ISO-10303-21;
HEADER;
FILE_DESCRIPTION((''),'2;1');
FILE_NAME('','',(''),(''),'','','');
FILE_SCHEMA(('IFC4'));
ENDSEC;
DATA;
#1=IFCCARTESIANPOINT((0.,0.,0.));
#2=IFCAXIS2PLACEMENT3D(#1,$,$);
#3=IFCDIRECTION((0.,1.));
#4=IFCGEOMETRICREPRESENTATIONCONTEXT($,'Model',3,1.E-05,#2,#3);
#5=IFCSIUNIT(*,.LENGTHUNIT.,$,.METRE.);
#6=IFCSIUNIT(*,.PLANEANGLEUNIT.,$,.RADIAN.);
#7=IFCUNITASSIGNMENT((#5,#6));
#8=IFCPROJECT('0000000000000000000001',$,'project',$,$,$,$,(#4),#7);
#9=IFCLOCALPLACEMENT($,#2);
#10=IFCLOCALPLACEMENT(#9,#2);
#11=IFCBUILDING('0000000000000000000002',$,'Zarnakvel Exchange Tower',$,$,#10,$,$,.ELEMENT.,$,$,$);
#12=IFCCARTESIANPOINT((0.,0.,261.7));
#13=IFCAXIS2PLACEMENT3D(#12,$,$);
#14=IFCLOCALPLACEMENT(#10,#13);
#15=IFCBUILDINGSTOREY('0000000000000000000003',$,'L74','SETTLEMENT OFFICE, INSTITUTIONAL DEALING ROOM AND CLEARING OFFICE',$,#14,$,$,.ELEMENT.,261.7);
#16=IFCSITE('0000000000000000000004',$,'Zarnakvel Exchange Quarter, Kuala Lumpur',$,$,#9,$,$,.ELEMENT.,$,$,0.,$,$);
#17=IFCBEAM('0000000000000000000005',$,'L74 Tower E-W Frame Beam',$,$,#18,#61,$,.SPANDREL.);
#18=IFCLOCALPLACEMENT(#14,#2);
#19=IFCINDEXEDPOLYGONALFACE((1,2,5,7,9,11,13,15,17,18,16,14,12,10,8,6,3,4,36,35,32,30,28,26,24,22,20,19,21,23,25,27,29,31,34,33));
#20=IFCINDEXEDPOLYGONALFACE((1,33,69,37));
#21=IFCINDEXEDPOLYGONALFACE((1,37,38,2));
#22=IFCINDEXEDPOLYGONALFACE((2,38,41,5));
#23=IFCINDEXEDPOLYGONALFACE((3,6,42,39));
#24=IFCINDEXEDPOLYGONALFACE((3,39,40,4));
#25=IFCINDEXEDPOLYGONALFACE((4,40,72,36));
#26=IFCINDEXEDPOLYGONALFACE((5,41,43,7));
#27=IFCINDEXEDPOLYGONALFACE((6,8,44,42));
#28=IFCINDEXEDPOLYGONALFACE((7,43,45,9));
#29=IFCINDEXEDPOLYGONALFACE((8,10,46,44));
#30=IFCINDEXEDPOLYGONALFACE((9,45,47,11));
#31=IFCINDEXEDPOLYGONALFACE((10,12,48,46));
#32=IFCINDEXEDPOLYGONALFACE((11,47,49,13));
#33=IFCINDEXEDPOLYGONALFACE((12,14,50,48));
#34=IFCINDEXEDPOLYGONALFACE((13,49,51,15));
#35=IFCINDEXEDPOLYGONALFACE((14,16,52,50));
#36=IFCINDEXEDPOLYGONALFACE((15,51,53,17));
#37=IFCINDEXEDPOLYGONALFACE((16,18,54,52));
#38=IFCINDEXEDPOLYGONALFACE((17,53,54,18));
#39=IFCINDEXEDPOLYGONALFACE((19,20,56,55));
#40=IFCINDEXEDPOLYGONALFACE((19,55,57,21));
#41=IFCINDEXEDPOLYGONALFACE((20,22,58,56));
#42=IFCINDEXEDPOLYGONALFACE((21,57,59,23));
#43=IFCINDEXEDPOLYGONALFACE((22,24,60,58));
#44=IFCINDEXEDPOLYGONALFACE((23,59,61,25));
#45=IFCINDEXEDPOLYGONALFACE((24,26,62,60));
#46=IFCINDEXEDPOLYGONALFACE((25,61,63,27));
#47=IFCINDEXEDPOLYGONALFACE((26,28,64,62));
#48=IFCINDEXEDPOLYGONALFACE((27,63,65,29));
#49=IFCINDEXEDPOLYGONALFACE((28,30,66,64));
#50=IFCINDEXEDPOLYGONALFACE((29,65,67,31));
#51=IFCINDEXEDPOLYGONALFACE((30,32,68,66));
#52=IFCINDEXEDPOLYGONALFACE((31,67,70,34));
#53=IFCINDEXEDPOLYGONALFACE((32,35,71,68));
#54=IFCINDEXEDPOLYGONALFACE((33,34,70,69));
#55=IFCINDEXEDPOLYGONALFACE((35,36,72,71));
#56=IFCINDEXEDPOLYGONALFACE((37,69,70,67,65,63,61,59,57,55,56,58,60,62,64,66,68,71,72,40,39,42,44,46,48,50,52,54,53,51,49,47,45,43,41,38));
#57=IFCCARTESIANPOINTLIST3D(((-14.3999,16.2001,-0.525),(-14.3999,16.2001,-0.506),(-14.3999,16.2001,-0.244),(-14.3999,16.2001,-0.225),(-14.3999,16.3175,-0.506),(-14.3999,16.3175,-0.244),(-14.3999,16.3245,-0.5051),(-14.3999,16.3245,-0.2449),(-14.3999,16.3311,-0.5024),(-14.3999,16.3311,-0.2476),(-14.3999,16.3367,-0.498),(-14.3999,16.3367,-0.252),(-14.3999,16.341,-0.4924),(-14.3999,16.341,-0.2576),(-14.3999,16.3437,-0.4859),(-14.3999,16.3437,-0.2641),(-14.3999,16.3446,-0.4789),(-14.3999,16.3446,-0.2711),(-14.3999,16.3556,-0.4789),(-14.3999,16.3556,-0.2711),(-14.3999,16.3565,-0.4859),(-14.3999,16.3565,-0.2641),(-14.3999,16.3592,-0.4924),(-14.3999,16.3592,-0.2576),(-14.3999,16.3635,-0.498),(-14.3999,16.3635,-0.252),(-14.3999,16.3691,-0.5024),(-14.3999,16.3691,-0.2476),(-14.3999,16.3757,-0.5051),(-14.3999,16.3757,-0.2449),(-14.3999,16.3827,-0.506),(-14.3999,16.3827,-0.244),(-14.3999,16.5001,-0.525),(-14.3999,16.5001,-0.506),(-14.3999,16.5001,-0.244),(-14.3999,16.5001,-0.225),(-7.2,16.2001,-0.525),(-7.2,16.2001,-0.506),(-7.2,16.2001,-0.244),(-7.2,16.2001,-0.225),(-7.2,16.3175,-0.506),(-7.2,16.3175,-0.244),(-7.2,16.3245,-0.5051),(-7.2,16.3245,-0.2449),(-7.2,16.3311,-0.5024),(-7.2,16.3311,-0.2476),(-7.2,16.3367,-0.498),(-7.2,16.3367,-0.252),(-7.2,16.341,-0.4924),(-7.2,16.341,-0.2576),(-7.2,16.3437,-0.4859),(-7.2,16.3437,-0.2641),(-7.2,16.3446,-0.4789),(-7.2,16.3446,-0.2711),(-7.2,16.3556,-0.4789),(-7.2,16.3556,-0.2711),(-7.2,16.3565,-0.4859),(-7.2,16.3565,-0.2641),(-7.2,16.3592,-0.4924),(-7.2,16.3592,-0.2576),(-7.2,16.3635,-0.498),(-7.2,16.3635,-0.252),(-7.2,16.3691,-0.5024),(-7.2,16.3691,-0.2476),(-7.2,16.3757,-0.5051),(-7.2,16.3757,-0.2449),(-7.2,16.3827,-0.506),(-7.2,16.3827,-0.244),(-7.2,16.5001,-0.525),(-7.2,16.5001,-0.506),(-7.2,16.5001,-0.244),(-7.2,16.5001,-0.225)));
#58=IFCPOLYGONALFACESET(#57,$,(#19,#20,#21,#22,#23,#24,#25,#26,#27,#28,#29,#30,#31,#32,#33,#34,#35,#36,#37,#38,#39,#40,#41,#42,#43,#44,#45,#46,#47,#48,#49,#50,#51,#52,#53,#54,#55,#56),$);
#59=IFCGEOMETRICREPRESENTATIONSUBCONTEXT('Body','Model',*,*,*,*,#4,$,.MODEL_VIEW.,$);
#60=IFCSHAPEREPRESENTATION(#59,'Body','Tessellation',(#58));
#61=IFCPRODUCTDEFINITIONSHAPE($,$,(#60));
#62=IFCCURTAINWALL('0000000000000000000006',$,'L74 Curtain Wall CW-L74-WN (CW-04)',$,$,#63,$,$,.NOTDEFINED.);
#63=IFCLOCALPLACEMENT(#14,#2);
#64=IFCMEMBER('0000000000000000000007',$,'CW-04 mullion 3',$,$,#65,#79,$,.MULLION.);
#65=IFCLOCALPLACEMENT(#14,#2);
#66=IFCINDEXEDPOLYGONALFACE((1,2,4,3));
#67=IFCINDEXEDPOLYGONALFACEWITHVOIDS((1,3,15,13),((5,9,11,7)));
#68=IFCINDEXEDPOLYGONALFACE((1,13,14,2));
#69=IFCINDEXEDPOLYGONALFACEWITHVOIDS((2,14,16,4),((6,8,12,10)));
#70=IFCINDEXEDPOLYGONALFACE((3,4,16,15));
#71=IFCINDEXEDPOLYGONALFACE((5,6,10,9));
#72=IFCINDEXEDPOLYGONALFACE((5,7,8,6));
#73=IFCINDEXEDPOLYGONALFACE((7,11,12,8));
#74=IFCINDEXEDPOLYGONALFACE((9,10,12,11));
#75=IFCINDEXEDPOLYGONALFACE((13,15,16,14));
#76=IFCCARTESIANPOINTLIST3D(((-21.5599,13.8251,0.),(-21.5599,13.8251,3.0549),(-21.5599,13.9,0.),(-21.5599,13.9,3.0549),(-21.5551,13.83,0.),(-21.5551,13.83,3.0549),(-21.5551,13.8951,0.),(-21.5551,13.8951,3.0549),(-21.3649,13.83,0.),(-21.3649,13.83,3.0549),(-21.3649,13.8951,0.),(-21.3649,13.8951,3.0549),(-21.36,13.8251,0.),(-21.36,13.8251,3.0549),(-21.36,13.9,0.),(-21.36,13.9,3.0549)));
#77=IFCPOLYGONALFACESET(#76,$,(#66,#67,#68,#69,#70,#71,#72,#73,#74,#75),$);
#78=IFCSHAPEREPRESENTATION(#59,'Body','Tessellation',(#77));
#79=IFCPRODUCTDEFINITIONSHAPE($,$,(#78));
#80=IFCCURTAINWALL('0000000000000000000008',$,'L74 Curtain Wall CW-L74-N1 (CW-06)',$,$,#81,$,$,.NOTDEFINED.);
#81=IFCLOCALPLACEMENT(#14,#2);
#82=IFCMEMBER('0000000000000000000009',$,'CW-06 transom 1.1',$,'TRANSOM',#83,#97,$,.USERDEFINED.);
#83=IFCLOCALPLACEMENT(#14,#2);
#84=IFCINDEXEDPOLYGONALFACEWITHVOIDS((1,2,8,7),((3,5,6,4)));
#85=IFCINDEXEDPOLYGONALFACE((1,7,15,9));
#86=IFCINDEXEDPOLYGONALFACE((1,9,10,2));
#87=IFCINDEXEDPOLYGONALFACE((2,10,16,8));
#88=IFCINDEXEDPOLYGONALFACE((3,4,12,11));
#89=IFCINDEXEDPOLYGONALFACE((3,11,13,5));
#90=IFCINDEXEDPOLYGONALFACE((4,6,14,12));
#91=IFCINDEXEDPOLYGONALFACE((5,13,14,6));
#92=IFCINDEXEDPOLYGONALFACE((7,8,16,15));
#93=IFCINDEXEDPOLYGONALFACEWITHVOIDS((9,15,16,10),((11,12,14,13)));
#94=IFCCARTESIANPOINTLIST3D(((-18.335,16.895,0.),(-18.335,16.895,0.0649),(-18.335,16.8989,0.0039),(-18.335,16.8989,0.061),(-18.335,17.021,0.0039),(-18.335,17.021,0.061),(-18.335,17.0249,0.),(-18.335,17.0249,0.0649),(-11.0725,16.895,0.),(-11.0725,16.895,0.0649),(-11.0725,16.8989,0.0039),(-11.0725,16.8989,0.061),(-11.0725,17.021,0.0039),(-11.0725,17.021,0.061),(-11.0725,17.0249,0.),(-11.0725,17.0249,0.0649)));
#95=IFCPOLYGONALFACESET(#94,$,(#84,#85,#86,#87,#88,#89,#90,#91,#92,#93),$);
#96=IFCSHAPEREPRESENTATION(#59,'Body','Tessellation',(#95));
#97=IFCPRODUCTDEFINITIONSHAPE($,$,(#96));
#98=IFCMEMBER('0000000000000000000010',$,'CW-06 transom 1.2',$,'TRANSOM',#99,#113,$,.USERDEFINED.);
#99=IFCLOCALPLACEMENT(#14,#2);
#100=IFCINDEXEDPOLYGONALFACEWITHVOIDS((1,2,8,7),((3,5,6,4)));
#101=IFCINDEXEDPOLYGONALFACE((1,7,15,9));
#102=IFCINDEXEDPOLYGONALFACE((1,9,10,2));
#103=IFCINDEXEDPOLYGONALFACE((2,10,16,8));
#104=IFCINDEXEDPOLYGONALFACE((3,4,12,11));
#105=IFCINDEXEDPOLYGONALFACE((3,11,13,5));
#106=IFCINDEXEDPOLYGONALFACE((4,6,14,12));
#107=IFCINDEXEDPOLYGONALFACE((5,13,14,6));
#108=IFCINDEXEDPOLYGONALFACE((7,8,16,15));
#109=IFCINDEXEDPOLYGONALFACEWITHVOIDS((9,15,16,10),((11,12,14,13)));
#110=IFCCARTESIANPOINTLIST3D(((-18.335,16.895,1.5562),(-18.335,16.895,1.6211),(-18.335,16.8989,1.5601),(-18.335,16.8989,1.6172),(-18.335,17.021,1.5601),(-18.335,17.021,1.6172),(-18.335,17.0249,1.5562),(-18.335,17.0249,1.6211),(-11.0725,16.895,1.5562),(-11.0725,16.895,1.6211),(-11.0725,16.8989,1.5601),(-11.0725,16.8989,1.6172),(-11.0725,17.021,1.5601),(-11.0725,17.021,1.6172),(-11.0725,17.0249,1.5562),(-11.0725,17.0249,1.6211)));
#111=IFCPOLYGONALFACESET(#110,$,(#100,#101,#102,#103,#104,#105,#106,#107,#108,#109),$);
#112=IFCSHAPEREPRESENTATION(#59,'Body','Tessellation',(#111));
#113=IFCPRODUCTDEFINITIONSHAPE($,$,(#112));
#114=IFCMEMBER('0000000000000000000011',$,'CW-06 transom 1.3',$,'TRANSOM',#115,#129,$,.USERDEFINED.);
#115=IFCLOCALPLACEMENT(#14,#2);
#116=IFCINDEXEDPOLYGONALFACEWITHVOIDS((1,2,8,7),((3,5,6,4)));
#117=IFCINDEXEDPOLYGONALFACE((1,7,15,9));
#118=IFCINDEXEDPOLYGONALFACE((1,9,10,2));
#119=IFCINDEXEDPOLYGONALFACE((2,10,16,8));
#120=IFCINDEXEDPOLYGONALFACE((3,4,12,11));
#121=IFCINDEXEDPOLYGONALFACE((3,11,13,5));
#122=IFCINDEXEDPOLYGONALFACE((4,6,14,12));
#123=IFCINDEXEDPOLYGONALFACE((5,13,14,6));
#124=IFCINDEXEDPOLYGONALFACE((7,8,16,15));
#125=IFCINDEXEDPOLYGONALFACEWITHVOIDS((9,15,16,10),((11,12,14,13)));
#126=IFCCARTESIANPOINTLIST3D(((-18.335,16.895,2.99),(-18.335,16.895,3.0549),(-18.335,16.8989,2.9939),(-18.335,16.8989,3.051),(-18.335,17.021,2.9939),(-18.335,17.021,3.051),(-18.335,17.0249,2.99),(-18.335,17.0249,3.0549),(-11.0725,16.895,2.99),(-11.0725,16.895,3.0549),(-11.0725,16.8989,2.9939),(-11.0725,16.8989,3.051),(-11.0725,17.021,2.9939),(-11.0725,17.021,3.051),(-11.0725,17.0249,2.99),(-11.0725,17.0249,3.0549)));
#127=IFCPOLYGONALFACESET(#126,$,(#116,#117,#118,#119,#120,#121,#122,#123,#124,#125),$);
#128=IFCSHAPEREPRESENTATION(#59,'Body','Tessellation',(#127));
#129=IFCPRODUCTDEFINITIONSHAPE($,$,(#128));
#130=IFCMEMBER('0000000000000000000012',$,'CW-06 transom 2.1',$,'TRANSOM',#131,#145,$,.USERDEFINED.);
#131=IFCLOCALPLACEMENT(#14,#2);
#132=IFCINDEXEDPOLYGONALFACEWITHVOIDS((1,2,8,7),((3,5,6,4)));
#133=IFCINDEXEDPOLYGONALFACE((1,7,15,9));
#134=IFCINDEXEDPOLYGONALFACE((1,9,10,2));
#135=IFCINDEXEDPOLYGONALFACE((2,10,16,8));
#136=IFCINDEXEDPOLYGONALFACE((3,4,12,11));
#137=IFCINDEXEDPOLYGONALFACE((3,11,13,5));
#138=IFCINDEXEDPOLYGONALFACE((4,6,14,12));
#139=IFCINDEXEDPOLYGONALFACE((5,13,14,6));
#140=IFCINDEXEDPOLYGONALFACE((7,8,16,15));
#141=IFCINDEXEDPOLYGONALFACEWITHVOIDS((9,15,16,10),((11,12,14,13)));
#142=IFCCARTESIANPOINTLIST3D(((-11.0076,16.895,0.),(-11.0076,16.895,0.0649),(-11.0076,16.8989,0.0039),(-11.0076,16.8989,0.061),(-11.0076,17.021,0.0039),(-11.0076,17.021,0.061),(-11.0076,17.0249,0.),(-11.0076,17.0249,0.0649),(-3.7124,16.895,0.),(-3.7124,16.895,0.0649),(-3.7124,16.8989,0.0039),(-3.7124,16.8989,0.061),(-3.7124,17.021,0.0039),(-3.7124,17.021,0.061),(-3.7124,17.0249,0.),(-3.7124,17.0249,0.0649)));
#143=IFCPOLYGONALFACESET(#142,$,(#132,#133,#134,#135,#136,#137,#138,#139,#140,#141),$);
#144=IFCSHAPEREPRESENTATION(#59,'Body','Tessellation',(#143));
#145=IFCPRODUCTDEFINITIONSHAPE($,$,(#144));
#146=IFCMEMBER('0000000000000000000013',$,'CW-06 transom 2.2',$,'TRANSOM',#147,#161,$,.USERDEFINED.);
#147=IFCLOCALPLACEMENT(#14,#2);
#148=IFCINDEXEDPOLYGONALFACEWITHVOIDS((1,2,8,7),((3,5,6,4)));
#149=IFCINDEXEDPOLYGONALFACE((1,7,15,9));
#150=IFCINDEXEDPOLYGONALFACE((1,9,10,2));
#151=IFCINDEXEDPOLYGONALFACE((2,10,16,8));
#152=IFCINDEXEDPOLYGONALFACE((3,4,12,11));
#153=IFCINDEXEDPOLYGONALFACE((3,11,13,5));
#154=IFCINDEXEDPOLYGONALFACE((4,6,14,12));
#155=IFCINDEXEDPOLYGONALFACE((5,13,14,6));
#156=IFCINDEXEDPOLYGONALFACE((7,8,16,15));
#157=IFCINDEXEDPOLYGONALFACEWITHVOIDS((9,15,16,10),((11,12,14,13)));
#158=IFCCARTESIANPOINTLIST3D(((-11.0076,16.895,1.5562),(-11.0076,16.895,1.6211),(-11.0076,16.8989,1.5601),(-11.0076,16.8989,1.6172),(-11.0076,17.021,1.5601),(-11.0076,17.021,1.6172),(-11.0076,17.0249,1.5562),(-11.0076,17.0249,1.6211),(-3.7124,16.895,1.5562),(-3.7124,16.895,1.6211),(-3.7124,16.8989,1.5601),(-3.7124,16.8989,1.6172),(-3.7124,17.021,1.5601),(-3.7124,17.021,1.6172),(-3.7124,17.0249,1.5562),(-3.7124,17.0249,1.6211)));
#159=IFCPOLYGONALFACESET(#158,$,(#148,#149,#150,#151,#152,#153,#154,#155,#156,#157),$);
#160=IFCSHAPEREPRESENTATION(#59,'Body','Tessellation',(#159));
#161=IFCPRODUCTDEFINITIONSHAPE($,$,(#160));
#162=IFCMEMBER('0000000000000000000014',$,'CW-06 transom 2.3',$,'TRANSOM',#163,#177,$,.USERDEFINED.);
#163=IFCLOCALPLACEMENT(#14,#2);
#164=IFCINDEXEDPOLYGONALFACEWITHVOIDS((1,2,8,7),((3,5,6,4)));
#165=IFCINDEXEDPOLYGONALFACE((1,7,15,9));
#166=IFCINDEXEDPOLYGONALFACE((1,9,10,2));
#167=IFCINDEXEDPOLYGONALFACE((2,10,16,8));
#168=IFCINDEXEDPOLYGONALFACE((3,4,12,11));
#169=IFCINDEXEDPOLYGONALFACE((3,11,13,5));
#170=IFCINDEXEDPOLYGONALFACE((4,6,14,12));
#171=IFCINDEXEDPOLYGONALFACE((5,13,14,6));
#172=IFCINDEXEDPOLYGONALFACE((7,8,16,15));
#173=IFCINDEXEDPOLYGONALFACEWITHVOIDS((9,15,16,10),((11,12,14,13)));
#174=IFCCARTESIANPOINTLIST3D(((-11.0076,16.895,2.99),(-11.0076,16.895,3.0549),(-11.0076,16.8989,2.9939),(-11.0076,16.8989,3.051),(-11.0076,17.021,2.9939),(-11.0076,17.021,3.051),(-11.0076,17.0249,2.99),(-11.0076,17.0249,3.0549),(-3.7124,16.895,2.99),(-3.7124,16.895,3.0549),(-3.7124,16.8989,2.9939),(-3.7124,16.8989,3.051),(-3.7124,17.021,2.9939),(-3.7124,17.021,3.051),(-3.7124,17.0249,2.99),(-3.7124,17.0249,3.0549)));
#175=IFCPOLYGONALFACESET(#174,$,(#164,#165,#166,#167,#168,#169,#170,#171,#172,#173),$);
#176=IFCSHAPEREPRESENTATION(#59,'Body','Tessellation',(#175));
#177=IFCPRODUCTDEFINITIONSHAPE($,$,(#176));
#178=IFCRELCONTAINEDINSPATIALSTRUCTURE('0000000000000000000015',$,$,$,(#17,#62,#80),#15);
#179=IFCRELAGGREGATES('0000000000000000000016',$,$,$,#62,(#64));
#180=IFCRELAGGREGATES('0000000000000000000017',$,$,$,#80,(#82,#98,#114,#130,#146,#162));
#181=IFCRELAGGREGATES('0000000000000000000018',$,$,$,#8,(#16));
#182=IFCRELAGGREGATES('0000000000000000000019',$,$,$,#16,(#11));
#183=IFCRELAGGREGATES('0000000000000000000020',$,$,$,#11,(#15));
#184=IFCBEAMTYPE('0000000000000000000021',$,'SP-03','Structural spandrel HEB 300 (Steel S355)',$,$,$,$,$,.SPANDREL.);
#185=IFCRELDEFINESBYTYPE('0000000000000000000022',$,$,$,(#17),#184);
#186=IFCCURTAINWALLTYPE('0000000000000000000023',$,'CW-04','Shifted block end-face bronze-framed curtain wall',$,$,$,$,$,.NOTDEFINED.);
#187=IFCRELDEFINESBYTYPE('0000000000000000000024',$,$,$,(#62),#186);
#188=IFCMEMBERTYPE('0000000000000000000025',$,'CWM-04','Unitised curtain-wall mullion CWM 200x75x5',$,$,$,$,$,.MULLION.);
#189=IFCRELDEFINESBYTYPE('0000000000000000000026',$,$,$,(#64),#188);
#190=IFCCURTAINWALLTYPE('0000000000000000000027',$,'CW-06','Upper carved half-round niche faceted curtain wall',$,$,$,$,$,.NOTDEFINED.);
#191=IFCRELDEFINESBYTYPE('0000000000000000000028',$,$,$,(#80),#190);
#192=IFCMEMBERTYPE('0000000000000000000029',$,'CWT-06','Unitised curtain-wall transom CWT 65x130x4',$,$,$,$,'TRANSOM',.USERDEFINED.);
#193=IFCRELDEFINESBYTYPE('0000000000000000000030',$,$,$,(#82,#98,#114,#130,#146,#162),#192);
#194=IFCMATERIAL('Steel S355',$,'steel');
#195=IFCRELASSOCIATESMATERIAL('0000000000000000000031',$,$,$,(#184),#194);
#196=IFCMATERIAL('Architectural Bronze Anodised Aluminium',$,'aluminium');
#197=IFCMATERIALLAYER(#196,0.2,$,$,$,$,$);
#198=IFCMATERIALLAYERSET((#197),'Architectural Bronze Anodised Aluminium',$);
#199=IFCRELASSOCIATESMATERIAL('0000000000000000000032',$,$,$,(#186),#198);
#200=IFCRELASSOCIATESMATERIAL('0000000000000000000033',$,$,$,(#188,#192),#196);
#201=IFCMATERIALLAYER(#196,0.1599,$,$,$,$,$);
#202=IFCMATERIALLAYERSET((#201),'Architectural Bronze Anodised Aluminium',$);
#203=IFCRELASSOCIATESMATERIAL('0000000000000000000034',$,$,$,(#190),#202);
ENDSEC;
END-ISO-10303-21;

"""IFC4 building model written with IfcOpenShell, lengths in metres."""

from ifc_helpers import new_model, si_unit, direction, frame, origin, origin_2d, place, context, subcontext, project, spatial, hollow_rectangle, i_section, extrude, source, transform, mapped, material, layer, layer_set, material_profile, profile_set, type_object, element, aggregate, save


model = new_model("IFC4")

# Units and contexts
model_context = context("Model", 3, precision=1e-05, world=origin(), true_north=direction((0.0, 1.0)))
body_context = subcontext(model_context, "Body", "Model", "MODEL_VIEW")
ifc_project = project(units=[si_unit("LENGTHUNIT", "METRE"), si_unit("PLANEANGLEUNIT", "RADIAN")], contexts=[model_context])

# Site, building, storey
site_placement = place(None, origin())
site = spatial("IfcSite", under=ifc_project, at=site_placement, Name="Zarnakvel Exchange Quarter, Kuala Lumpur", CompositionType="ELEMENT", RefElevation=0.0)
building_placement = place(site_placement, origin())
building = spatial("IfcBuilding", under=site, at=building_placement, Name="Zarnakvel Exchange Tower", CompositionType="ELEMENT")
storey_placement = place(building_placement, frame((0.0, 0.0, 261.7)))
storey = spatial("IfcBuildingStorey", under=building, at=storey_placement, Name="L74", Description="SETTLEMENT OFFICE, INSTITUTIONAL DEALING ROOM AND CLEARING OFFICE", CompositionType="ELEMENT", Elevation=261.7)

# Shared definitions
ifc_material_1 = material(Name="Steel S355", Category="steel")

# Beam
ifc_material_profile_1 = material_profile(ifc_material_1, i_section(OverallWidth=0.3, OverallDepth=0.3, WebThickness=0.011, FlangeThickness=0.019, FilletRadius=0.0271, at=origin_2d()))
ifc_profile_set_1 = profile_set([ifc_material_profile_1], Name="Steel S355")
beam_type_1 = type_object("IfcBeamType", Name="SP-03", Description="Structural spandrel HEB 300 (Steel S355)", PredefinedType="SPANDREL", material=ifc_profile_set_1)
beam_1_placement = place(storey_placement, frame((-14.3999, 16.3501, -0.375), z_axis=(1.0, 0.0, 0.0), x_axis=(0.0, 1.0, 0.0)))
element("IfcBeam", 1, at=beam_1_placement, inside=storey, type_object=beam_type_1, Name="L74 Tower E-W Frame Beam", PredefinedType="SPANDREL", context=body_context, shape_type="SweptSolid", body=[
    extrude(i_section(OverallWidth=0.3, OverallDepth=0.3, WebThickness=0.011, FlangeThickness=0.019, FilletRadius=0.0271, at=origin_2d()), origin(), (0.0, 0.0, 1.0), 7.2),
])

# Curtain wall, member
ifc_material_2 = material(Name="Architectural Bronze Anodised Aluminium", Category="aluminium")
ifc_layer_1 = layer(ifc_material_2, 0.2)
ifc_layer_set_1 = layer_set([ifc_layer_1], Name="Architectural Bronze Anodised Aluminium")
curtain_wall_type_1 = type_object("IfcCurtainWallType", Name="CW-04", Description="Shifted block end-face bronze-framed curtain wall", PredefinedType="NOTDEFINED", material=ifc_layer_set_1)
curtain_wall_1_placement = place(storey_placement, origin())
curtain_wall_1 = element("IfcCurtainWall", 2, at=curtain_wall_1_placement, inside=storey, type_object=curtain_wall_type_1, Name="L74 Curtain Wall CW-L74-WN (CW-04)", PredefinedType="NOTDEFINED")
ifc_material_profile_2 = material_profile(ifc_material_2, hollow_rectangle(XDim=0.2, YDim=0.075, WallThickness=0.0049, at=origin_2d()))
ifc_profile_set_2 = profile_set([ifc_material_profile_2], Name="Architectural Bronze Anodised Aluminium")
member_type_1 = type_object("IfcMemberType", Name="CWM-04", Description="Unitised curtain-wall mullion CWM 200x75x5", PredefinedType="MULLION", material=ifc_profile_set_2)
shared_shape_1 = source(origin(), body_context, "Body", "SweptSolid", [
    extrude(hollow_rectangle(XDim=0.2, YDim=0.075, WallThickness=0.0049, at=origin_2d()), origin(), (0.0, 0.0, 1.0), 3.0549),
])
member_1_placement = place(storey_placement, frame((-21.46, 13.8625, 0.0), z_axis=(0.0, 0.0, 1.0), x_axis=(-1.0, 0.0, 0.0)))
member_1 = element("IfcMember", 3, at=member_1_placement, type_object=member_type_1, Name="CW-04 mullion 3", PredefinedType="MULLION", context=body_context, shape_type="MappedRepresentation", body=[
    mapped(shared_shape_1, transform((0.0, 0.0, 0.0), x_axis=(1.0, 0.0, 0.0), y_axis=(0.0, 1.0, 0.0), z_axis=(0.0, 0.0, 1.0), scale=1.0)),
])
aggregate(curtain_wall_1, [member_1])

# Curtain wall, members
ifc_layer_2 = layer(ifc_material_2, 0.1599)
ifc_layer_set_2 = layer_set([ifc_layer_2], Name="Architectural Bronze Anodised Aluminium")
curtain_wall_type_2 = type_object("IfcCurtainWallType", Name="CW-06", Description="Upper carved half-round niche faceted curtain wall", PredefinedType="NOTDEFINED", material=ifc_layer_set_2)
curtain_wall_2_placement = place(storey_placement, origin())
curtain_wall_2 = element("IfcCurtainWall", 4, at=curtain_wall_2_placement, inside=storey, type_object=curtain_wall_type_2, Name="L74 Curtain Wall CW-L74-N1 (CW-06)", PredefinedType="NOTDEFINED")
ifc_material_profile_3 = material_profile(ifc_material_2, hollow_rectangle(XDim=0.1299, YDim=0.0649, WallThickness=0.0039, at=origin_2d()))
ifc_profile_set_3 = profile_set([ifc_material_profile_3], Name="Architectural Bronze Anodised Aluminium")
member_type_2 = type_object("IfcMemberType", Name="CWT-06", Description="Unitised curtain-wall transom CWT 65x130x4", ElementType="TRANSOM", PredefinedType="USERDEFINED", material=ifc_profile_set_3)
shared_shape_2 = source(origin(), body_context, "Body", "SweptSolid", [
    extrude(hollow_rectangle(XDim=0.1299, YDim=0.0649, WallThickness=0.0039, at=origin_2d()), origin(), (0.0, 0.0, 1.0), 7.2625),
])
member_2_placement = place(storey_placement, frame((-18.335, 16.96, 0.0325), z_axis=(1.0, 0.0, 0.0), x_axis=(0.0, 1.0, 0.0)))
member_2 = element("IfcMember", 5, at=member_2_placement, type_object=member_type_2, Name="CW-06 transom 1.1", ObjectType="TRANSOM", PredefinedType="USERDEFINED", context=body_context, shape_type="MappedRepresentation", body=[
    mapped(shared_shape_2, transform((0.0, 0.0, 0.0), x_axis=(1.0, 0.0, 0.0), y_axis=(0.0, 1.0, 0.0), z_axis=(0.0, 0.0, 1.0), scale=1.0)),
])
member_3_placement = place(storey_placement, frame((-18.335, 16.96, 1.5886), z_axis=(1.0, 0.0, 0.0), x_axis=(0.0, 1.0, 0.0)))
member_3 = element("IfcMember", 6, at=member_3_placement, type_object=member_type_2, Name="CW-06 transom 1.2", ObjectType="TRANSOM", PredefinedType="USERDEFINED", context=body_context, shape_type="MappedRepresentation", body=[
    mapped(shared_shape_2, transform((0.0, 0.0, 0.0), x_axis=(1.0, 0.0, 0.0), y_axis=(0.0, 1.0, 0.0), z_axis=(0.0, 0.0, 1.0), scale=1.0)),
])
member_4_placement = place(storey_placement, frame((-18.335, 16.96, 3.0225), z_axis=(1.0, 0.0, 0.0), x_axis=(0.0, 1.0, 0.0)))
member_4 = element("IfcMember", 7, at=member_4_placement, type_object=member_type_2, Name="CW-06 transom 1.3", ObjectType="TRANSOM", PredefinedType="USERDEFINED", context=body_context, shape_type="MappedRepresentation", body=[
    mapped(shared_shape_2, transform((0.0, 0.0, 0.0), x_axis=(1.0, 0.0, 0.0), y_axis=(0.0, 1.0, 0.0), z_axis=(0.0, 0.0, 1.0), scale=1.0)),
])
shared_shape_3 = source(origin(), body_context, "Body", "SweptSolid", [
    extrude(hollow_rectangle(XDim=0.1299, YDim=0.0649, WallThickness=0.0039, at=origin_2d()), origin(), (0.0, 0.0, 1.0), 7.2952),
])
member_5_placement = place(storey_placement, frame((-11.0076, 16.96, 0.0325), z_axis=(1.0, 0.0, 0.0), x_axis=(0.0, 1.0, 0.0)))
member_5 = element("IfcMember", 8, at=member_5_placement, type_object=member_type_2, Name="CW-06 transom 2.1", ObjectType="TRANSOM", PredefinedType="USERDEFINED", context=body_context, shape_type="MappedRepresentation", body=[
    mapped(shared_shape_3, transform((0.0, 0.0, 0.0), x_axis=(1.0, 0.0, 0.0), y_axis=(0.0, 1.0, 0.0), z_axis=(0.0, 0.0, 1.0), scale=1.0)),
])
member_6_placement = place(storey_placement, frame((-11.0076, 16.96, 1.5886), z_axis=(1.0, 0.0, 0.0), x_axis=(0.0, 1.0, 0.0)))
member_6 = element("IfcMember", 9, at=member_6_placement, type_object=member_type_2, Name="CW-06 transom 2.2", ObjectType="TRANSOM", PredefinedType="USERDEFINED", context=body_context, shape_type="MappedRepresentation", body=[
    mapped(shared_shape_3, transform((0.0, 0.0, 0.0), x_axis=(1.0, 0.0, 0.0), y_axis=(0.0, 1.0, 0.0), z_axis=(0.0, 0.0, 1.0), scale=1.0)),
])
member_7_placement = place(storey_placement, frame((-11.0076, 16.96, 3.0225), z_axis=(1.0, 0.0, 0.0), x_axis=(0.0, 1.0, 0.0)))
member_7 = element("IfcMember", 10, at=member_7_placement, type_object=member_type_2, Name="CW-06 transom 2.3", ObjectType="TRANSOM", PredefinedType="USERDEFINED", context=body_context, shape_type="MappedRepresentation", body=[
    mapped(shared_shape_3, transform((0.0, 0.0, 0.0), x_axis=(1.0, 0.0, 0.0), y_axis=(0.0, 1.0, 0.0), z_axis=(0.0, 0.0, 1.0), scale=1.0)),
])
aggregate(curtain_wall_2, [member_2, member_3, member_4, member_5, member_6, member_7])

save(model, "model.ifc")
